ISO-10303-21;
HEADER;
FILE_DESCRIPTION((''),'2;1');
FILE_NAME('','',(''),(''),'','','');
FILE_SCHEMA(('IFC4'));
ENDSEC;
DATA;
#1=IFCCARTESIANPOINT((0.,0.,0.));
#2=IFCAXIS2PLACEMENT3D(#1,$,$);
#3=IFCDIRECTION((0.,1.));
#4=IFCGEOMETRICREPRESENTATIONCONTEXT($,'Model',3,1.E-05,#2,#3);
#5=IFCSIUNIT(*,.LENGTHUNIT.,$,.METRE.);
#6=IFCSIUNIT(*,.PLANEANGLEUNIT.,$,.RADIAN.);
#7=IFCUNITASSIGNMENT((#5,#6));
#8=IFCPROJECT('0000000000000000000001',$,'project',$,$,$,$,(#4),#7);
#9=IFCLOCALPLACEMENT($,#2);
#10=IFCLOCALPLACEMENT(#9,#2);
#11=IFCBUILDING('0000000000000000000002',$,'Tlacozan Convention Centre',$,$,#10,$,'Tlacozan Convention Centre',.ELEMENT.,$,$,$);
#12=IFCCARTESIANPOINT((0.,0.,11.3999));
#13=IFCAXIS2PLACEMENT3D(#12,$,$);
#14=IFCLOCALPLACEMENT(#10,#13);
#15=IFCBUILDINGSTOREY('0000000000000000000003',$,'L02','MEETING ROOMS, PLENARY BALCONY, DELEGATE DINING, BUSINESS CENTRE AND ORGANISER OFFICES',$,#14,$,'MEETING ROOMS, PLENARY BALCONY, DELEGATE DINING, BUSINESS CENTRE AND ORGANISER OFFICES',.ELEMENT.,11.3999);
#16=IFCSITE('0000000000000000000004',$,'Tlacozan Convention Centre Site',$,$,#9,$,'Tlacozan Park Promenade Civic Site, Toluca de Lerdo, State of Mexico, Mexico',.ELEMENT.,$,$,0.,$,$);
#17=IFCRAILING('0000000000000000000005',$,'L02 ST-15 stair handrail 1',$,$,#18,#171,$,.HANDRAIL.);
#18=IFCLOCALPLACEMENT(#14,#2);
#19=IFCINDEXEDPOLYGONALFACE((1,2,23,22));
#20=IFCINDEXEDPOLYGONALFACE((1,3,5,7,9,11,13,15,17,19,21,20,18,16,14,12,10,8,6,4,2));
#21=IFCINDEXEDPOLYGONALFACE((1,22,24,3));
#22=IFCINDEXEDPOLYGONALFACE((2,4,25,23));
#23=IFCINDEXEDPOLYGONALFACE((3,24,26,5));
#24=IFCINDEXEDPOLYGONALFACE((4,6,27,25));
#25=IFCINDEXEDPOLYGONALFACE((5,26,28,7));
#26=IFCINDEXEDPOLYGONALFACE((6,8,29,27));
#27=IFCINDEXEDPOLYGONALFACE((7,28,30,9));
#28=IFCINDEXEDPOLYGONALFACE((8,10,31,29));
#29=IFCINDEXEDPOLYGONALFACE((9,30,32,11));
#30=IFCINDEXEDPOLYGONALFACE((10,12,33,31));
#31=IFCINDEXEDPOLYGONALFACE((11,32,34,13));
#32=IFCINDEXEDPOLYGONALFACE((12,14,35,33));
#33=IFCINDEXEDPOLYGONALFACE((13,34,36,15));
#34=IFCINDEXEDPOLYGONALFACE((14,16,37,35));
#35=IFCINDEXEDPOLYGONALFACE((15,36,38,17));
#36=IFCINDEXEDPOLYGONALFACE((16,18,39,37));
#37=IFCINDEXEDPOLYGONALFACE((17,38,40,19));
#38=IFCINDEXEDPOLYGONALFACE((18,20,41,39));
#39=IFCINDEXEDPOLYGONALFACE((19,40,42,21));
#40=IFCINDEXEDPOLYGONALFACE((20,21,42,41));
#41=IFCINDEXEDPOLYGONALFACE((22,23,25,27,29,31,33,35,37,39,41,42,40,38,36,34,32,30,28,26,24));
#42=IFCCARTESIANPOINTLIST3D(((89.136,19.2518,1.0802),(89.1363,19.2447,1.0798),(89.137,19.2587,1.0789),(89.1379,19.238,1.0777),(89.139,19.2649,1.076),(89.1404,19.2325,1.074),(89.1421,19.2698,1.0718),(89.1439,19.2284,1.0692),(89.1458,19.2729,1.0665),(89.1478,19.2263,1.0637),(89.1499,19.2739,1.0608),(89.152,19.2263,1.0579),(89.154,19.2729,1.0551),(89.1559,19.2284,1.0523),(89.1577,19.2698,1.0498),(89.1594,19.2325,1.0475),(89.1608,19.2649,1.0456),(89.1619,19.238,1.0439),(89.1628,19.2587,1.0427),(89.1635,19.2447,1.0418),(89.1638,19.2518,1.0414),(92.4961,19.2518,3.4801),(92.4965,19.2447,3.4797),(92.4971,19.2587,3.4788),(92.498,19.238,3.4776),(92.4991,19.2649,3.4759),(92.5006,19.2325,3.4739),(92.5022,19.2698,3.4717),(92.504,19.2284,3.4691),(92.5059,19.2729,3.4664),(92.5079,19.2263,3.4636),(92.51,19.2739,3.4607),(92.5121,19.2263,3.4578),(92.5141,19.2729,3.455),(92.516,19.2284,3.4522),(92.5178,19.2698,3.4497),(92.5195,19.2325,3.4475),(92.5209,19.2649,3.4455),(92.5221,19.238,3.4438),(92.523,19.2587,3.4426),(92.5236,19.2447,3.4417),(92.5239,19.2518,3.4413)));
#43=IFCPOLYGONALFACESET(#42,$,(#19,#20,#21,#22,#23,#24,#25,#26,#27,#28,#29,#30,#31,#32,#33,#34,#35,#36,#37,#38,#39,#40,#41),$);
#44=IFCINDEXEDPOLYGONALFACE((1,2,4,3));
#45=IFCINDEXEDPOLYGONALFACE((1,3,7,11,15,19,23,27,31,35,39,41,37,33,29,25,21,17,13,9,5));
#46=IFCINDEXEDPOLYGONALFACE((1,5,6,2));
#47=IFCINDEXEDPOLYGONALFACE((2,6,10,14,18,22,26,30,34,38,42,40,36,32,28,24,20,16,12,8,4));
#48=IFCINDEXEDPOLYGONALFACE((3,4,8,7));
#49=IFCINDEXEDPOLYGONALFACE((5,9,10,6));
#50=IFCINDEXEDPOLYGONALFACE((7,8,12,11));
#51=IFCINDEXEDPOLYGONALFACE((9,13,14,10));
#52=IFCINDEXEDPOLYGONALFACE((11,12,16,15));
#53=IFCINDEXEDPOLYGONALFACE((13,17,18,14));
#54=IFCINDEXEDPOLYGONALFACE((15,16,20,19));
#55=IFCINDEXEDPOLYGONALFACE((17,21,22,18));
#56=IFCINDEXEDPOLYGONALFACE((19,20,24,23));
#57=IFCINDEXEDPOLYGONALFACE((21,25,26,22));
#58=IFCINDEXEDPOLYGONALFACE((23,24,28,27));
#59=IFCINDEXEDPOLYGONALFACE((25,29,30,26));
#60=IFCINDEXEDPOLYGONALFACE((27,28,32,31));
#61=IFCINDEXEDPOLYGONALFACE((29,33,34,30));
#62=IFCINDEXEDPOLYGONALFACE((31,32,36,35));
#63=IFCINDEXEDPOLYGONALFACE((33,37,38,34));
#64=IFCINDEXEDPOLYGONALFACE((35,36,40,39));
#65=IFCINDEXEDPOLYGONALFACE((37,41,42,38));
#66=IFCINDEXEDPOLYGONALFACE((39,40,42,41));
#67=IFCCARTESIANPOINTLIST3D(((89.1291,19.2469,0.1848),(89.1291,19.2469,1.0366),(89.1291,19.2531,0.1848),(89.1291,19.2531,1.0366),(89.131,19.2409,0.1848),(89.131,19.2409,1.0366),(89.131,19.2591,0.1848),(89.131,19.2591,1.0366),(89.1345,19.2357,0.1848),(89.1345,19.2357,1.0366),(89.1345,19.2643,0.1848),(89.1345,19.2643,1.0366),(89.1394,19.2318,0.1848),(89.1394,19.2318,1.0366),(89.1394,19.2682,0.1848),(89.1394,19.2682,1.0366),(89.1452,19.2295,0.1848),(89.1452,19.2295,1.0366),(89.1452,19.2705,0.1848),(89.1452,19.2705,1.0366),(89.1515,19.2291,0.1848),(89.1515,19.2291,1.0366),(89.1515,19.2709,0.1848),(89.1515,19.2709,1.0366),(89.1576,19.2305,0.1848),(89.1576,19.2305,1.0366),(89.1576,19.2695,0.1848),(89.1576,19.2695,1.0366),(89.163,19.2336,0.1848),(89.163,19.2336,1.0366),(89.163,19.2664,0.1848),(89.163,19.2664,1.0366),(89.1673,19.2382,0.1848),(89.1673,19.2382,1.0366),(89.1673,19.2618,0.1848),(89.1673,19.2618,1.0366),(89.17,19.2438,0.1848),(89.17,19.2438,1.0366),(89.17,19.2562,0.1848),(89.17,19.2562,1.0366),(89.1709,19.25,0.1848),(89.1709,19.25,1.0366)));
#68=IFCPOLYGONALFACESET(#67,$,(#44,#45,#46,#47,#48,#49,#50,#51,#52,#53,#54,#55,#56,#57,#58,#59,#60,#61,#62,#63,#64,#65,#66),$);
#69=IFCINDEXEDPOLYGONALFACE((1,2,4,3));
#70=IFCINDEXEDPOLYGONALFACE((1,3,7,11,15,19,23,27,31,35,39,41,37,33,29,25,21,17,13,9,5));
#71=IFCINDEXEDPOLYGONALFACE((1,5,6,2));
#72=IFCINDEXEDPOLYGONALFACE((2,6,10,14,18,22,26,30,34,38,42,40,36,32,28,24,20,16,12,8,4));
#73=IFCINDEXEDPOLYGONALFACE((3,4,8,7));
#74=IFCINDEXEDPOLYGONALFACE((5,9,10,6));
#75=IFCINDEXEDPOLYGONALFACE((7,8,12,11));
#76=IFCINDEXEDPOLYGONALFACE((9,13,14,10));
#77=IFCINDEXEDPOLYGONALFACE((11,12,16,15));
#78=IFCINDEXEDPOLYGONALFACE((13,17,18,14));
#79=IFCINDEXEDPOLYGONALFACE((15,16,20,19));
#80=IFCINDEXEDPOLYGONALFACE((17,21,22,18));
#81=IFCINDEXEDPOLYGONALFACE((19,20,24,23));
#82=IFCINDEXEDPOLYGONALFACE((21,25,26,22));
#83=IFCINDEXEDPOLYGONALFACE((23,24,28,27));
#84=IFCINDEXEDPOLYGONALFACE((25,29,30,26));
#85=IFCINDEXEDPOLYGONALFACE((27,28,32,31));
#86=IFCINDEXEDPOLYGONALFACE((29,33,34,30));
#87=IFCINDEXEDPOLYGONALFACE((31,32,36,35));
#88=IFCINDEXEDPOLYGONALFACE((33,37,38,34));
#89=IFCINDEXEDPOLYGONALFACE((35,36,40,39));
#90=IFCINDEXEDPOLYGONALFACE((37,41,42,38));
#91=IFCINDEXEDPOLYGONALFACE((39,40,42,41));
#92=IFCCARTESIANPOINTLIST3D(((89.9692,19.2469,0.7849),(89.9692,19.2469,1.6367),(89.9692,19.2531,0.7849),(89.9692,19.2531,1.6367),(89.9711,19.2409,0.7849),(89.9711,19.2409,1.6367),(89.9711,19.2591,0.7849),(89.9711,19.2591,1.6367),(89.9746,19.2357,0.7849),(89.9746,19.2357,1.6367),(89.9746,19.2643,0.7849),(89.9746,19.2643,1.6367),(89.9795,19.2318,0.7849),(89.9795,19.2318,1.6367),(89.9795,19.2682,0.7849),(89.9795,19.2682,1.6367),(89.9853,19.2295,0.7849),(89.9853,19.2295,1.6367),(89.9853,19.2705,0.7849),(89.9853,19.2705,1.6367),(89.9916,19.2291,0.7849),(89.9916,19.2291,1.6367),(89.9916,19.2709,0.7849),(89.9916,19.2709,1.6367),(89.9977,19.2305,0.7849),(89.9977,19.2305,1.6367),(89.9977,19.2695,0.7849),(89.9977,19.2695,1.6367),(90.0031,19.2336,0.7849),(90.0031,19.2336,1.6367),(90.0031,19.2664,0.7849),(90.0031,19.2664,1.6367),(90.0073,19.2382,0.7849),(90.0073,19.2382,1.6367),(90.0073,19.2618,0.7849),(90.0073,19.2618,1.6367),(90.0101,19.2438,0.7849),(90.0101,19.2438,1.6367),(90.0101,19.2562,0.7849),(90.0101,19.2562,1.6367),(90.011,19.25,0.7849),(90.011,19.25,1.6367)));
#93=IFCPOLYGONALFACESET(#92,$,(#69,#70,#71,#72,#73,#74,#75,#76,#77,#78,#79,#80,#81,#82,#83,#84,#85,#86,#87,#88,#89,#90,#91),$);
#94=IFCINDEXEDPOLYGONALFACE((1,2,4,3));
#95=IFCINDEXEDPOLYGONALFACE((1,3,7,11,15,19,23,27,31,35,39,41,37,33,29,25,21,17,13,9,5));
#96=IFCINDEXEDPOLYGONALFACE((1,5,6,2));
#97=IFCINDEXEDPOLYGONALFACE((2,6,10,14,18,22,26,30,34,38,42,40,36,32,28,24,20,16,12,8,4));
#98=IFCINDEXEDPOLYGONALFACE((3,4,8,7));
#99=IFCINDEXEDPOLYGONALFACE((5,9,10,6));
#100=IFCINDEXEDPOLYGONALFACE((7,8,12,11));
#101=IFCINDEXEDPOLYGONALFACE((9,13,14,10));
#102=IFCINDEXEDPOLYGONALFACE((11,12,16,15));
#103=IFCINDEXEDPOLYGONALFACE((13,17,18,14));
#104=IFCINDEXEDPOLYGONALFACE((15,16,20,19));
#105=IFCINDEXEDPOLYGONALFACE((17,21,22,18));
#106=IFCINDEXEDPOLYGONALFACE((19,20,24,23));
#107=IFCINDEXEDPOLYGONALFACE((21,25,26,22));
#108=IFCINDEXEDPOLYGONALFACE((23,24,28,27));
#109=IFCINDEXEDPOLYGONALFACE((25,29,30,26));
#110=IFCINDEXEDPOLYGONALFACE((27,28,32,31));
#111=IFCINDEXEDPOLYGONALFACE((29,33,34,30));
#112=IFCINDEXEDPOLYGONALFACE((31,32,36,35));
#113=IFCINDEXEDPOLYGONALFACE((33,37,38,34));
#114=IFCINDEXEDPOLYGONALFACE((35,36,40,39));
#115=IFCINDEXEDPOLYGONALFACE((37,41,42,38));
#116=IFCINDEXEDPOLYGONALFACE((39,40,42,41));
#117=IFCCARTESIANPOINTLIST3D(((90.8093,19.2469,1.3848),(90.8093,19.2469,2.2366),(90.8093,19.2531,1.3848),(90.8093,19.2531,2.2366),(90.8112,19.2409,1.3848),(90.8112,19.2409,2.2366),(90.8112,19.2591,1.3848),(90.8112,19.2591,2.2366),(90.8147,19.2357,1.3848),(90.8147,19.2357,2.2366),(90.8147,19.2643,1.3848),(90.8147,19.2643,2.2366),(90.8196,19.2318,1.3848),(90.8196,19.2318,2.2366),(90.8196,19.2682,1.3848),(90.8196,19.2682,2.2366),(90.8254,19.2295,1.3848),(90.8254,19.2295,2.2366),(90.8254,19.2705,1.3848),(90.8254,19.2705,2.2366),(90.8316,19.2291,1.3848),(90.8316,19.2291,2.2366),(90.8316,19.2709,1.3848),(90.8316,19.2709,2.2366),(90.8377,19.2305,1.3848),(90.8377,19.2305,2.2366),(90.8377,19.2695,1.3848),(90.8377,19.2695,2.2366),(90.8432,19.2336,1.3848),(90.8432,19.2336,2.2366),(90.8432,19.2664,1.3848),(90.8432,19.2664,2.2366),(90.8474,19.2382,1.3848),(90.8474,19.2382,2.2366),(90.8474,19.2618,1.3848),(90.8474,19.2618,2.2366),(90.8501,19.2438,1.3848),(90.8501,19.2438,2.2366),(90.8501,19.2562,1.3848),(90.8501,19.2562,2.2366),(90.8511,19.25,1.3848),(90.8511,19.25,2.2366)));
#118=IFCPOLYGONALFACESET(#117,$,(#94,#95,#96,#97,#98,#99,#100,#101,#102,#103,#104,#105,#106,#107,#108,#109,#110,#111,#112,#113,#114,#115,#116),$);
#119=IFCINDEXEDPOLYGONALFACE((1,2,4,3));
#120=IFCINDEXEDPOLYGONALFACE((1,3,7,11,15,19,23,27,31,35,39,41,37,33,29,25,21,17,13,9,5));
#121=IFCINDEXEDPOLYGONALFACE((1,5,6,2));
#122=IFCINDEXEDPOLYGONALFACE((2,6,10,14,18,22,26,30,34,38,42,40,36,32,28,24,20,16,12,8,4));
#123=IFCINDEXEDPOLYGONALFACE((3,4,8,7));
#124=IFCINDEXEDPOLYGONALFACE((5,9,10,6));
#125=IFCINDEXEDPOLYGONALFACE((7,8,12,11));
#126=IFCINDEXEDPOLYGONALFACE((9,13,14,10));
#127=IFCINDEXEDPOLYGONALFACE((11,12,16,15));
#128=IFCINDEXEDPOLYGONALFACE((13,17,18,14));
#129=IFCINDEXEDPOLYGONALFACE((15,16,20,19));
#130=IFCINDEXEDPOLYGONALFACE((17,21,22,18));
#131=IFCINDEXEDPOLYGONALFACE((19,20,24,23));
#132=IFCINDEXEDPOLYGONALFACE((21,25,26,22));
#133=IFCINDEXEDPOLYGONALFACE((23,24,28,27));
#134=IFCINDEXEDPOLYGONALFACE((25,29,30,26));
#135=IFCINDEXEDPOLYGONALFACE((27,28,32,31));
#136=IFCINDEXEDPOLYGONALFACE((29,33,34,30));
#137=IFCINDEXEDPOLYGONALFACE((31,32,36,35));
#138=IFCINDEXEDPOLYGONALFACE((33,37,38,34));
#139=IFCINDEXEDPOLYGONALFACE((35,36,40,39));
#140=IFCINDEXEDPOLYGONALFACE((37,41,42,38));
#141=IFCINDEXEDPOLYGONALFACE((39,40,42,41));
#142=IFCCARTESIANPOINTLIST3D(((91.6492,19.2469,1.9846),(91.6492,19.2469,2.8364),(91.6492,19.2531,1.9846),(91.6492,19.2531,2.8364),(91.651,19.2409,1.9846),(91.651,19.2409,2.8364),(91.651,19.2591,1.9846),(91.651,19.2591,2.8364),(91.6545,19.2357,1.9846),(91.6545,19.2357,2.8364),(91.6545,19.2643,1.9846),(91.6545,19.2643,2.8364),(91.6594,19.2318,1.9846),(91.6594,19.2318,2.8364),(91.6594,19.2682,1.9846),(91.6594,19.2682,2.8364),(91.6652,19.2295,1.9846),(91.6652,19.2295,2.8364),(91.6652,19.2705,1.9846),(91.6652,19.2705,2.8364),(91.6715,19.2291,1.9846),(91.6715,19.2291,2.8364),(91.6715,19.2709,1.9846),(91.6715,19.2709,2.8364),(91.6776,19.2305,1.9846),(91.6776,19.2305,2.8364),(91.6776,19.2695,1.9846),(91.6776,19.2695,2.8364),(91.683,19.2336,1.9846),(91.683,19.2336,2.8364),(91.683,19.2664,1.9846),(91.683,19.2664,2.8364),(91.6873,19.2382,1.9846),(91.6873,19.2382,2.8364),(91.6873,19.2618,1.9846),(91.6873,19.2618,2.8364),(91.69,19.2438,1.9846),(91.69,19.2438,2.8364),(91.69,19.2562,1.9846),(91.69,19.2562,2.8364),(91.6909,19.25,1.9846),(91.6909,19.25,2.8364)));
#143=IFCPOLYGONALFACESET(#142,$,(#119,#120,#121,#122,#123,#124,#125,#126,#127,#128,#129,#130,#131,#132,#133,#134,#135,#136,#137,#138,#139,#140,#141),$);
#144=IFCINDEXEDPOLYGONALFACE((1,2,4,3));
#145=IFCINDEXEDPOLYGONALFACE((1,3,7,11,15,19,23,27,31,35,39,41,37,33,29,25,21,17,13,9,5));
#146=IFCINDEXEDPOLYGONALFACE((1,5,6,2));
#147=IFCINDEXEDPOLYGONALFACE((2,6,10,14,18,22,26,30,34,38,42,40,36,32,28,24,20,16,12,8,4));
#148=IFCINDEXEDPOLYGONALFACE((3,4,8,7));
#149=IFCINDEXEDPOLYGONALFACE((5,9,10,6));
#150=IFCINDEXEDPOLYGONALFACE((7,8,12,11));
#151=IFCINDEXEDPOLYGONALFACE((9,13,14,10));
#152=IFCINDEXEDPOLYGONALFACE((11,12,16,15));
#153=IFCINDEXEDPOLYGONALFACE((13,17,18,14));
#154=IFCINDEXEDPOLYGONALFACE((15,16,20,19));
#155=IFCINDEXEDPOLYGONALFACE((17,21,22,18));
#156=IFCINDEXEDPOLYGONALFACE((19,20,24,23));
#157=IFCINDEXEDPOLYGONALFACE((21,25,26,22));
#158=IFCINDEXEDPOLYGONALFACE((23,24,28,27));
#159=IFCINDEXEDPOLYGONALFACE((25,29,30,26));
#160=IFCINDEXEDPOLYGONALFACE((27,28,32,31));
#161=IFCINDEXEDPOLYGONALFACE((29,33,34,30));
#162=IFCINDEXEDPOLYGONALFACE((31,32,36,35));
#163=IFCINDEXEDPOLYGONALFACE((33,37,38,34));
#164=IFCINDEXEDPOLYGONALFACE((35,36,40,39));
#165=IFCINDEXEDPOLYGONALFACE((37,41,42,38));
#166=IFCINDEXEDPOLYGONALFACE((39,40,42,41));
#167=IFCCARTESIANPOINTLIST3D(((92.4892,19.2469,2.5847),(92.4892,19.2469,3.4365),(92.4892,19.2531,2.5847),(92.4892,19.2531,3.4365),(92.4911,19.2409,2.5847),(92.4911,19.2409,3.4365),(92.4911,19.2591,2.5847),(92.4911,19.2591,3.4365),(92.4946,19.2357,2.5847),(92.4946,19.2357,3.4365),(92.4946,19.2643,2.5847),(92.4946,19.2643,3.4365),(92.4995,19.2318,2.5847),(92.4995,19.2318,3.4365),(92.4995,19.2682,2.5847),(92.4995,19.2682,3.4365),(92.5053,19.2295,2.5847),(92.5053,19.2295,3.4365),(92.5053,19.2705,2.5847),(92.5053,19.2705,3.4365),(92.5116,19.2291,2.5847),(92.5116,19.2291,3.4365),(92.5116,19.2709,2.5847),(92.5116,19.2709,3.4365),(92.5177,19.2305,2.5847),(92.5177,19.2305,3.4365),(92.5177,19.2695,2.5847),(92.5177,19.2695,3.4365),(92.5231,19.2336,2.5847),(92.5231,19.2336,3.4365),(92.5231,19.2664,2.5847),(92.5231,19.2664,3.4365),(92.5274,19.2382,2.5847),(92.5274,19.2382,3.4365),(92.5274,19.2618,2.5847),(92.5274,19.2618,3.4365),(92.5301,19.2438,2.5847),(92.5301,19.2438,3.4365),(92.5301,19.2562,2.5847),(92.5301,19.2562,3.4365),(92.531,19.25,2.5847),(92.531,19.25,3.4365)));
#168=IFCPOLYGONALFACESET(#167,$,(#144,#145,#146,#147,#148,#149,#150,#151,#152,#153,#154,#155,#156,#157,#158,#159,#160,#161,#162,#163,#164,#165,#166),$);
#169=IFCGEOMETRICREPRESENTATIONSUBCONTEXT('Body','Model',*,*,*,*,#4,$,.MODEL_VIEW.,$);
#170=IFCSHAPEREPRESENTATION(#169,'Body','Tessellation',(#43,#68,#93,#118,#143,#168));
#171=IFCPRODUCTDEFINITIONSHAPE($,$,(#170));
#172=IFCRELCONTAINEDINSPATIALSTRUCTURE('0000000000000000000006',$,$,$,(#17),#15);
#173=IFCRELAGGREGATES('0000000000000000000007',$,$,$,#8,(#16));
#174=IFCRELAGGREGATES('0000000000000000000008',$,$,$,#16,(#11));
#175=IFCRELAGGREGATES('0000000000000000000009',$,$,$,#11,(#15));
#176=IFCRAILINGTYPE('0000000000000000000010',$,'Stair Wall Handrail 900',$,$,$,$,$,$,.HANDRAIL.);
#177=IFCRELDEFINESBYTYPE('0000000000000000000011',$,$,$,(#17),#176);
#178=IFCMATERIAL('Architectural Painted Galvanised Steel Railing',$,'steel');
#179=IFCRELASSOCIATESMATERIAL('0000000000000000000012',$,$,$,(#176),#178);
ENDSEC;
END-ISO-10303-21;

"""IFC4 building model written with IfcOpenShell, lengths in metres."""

from ifc_helpers import new_model, si_unit, direction, frame, origin, origin_2d, place, context, subcontext, project, spatial, circle, extrude, material, type_object, element, save


model = new_model("IFC4")

# Units and contexts
model_context = context("Model", 3, precision=1e-05, world=origin(), true_north=direction((0.0, 1.0)))
body_context = subcontext(model_context, "Body", "Model", "MODEL_VIEW")
ifc_project = project(units=[si_unit("LENGTHUNIT", "METRE"), si_unit("PLANEANGLEUNIT", "RADIAN")], contexts=[model_context])

# Site, building, storey
site_placement = place(None, origin())
site = spatial("IfcSite", under=ifc_project, at=site_placement, Name="Tlacozan Convention Centre Site", LongName="Tlacozan Park Promenade Civic Site, Toluca de Lerdo, State of Mexico, Mexico", CompositionType="ELEMENT", RefElevation=0.0)
building_placement = place(site_placement, origin())
building = spatial("IfcBuilding", under=site, at=building_placement, Name="Tlacozan Convention Centre", LongName="Tlacozan Convention Centre", CompositionType="ELEMENT")
storey_placement = place(building_placement, frame((0.0, 0.0, 11.3999)))
storey = spatial("IfcBuildingStorey", under=building, at=storey_placement, Name="L02", Description="MEETING ROOMS, PLENARY BALCONY, DELEGATE DINING, BUSINESS CENTRE AND ORGANISER OFFICES", LongName="MEETING ROOMS, PLENARY BALCONY, DELEGATE DINING, BUSINESS CENTRE AND ORGANISER OFFICES", CompositionType="ELEMENT", Elevation=11.3999)

# Railing
ifc_material_1 = material(Name="Architectural Painted Galvanised Steel Railing", Category="steel")
railing_type_1 = type_object("IfcRailingType", Name="Stair Wall Handrail 900", PredefinedType="HANDRAIL", material=ifc_material_1)
railing_1_placement = place(storey_placement, frame((89.1499, 19.25, 0.1848)))
element("IfcRailing", 1, at=railing_1_placement, inside=storey, type_object=railing_type_1, Name="L02 ST-15 stair handrail 1", PredefinedType="HANDRAIL", context=body_context, shape_type="SweptSolid", body=[
    extrude(circle(Radius=0.0239, at=origin_2d()), frame((0.0, 0.0, 0.876), z_axis=(0.813753, 0.0, 0.58121), x_axis=(0.0, 1.0, 0.0)), (0.0, 0.0, 1.0), 4.1292),
    extrude(circle(Radius=0.021, at=origin_2d()), origin(), (0.0, 0.0, 1.0), 0.8518),
    extrude(circle(Radius=0.021, at=origin_2d()), frame((0.8401, 0.0, 0.6001)), (0.0, 0.0, 1.0), 0.8518),
    extrude(circle(Radius=0.021, at=origin_2d()), frame((1.6802, 0.0, 1.2)), (0.0, 0.0, 1.0), 0.8518),
    extrude(circle(Radius=0.021, at=origin_2d()), frame((2.52, 0.0, 1.7998)), (0.0, 0.0, 1.0), 0.8518),
    extrude(circle(Radius=0.021, at=origin_2d()), frame((3.3601, 0.0, 2.3999)), (0.0, 0.0, 1.0), 0.8518),
])

save(model, "model.ifc")
